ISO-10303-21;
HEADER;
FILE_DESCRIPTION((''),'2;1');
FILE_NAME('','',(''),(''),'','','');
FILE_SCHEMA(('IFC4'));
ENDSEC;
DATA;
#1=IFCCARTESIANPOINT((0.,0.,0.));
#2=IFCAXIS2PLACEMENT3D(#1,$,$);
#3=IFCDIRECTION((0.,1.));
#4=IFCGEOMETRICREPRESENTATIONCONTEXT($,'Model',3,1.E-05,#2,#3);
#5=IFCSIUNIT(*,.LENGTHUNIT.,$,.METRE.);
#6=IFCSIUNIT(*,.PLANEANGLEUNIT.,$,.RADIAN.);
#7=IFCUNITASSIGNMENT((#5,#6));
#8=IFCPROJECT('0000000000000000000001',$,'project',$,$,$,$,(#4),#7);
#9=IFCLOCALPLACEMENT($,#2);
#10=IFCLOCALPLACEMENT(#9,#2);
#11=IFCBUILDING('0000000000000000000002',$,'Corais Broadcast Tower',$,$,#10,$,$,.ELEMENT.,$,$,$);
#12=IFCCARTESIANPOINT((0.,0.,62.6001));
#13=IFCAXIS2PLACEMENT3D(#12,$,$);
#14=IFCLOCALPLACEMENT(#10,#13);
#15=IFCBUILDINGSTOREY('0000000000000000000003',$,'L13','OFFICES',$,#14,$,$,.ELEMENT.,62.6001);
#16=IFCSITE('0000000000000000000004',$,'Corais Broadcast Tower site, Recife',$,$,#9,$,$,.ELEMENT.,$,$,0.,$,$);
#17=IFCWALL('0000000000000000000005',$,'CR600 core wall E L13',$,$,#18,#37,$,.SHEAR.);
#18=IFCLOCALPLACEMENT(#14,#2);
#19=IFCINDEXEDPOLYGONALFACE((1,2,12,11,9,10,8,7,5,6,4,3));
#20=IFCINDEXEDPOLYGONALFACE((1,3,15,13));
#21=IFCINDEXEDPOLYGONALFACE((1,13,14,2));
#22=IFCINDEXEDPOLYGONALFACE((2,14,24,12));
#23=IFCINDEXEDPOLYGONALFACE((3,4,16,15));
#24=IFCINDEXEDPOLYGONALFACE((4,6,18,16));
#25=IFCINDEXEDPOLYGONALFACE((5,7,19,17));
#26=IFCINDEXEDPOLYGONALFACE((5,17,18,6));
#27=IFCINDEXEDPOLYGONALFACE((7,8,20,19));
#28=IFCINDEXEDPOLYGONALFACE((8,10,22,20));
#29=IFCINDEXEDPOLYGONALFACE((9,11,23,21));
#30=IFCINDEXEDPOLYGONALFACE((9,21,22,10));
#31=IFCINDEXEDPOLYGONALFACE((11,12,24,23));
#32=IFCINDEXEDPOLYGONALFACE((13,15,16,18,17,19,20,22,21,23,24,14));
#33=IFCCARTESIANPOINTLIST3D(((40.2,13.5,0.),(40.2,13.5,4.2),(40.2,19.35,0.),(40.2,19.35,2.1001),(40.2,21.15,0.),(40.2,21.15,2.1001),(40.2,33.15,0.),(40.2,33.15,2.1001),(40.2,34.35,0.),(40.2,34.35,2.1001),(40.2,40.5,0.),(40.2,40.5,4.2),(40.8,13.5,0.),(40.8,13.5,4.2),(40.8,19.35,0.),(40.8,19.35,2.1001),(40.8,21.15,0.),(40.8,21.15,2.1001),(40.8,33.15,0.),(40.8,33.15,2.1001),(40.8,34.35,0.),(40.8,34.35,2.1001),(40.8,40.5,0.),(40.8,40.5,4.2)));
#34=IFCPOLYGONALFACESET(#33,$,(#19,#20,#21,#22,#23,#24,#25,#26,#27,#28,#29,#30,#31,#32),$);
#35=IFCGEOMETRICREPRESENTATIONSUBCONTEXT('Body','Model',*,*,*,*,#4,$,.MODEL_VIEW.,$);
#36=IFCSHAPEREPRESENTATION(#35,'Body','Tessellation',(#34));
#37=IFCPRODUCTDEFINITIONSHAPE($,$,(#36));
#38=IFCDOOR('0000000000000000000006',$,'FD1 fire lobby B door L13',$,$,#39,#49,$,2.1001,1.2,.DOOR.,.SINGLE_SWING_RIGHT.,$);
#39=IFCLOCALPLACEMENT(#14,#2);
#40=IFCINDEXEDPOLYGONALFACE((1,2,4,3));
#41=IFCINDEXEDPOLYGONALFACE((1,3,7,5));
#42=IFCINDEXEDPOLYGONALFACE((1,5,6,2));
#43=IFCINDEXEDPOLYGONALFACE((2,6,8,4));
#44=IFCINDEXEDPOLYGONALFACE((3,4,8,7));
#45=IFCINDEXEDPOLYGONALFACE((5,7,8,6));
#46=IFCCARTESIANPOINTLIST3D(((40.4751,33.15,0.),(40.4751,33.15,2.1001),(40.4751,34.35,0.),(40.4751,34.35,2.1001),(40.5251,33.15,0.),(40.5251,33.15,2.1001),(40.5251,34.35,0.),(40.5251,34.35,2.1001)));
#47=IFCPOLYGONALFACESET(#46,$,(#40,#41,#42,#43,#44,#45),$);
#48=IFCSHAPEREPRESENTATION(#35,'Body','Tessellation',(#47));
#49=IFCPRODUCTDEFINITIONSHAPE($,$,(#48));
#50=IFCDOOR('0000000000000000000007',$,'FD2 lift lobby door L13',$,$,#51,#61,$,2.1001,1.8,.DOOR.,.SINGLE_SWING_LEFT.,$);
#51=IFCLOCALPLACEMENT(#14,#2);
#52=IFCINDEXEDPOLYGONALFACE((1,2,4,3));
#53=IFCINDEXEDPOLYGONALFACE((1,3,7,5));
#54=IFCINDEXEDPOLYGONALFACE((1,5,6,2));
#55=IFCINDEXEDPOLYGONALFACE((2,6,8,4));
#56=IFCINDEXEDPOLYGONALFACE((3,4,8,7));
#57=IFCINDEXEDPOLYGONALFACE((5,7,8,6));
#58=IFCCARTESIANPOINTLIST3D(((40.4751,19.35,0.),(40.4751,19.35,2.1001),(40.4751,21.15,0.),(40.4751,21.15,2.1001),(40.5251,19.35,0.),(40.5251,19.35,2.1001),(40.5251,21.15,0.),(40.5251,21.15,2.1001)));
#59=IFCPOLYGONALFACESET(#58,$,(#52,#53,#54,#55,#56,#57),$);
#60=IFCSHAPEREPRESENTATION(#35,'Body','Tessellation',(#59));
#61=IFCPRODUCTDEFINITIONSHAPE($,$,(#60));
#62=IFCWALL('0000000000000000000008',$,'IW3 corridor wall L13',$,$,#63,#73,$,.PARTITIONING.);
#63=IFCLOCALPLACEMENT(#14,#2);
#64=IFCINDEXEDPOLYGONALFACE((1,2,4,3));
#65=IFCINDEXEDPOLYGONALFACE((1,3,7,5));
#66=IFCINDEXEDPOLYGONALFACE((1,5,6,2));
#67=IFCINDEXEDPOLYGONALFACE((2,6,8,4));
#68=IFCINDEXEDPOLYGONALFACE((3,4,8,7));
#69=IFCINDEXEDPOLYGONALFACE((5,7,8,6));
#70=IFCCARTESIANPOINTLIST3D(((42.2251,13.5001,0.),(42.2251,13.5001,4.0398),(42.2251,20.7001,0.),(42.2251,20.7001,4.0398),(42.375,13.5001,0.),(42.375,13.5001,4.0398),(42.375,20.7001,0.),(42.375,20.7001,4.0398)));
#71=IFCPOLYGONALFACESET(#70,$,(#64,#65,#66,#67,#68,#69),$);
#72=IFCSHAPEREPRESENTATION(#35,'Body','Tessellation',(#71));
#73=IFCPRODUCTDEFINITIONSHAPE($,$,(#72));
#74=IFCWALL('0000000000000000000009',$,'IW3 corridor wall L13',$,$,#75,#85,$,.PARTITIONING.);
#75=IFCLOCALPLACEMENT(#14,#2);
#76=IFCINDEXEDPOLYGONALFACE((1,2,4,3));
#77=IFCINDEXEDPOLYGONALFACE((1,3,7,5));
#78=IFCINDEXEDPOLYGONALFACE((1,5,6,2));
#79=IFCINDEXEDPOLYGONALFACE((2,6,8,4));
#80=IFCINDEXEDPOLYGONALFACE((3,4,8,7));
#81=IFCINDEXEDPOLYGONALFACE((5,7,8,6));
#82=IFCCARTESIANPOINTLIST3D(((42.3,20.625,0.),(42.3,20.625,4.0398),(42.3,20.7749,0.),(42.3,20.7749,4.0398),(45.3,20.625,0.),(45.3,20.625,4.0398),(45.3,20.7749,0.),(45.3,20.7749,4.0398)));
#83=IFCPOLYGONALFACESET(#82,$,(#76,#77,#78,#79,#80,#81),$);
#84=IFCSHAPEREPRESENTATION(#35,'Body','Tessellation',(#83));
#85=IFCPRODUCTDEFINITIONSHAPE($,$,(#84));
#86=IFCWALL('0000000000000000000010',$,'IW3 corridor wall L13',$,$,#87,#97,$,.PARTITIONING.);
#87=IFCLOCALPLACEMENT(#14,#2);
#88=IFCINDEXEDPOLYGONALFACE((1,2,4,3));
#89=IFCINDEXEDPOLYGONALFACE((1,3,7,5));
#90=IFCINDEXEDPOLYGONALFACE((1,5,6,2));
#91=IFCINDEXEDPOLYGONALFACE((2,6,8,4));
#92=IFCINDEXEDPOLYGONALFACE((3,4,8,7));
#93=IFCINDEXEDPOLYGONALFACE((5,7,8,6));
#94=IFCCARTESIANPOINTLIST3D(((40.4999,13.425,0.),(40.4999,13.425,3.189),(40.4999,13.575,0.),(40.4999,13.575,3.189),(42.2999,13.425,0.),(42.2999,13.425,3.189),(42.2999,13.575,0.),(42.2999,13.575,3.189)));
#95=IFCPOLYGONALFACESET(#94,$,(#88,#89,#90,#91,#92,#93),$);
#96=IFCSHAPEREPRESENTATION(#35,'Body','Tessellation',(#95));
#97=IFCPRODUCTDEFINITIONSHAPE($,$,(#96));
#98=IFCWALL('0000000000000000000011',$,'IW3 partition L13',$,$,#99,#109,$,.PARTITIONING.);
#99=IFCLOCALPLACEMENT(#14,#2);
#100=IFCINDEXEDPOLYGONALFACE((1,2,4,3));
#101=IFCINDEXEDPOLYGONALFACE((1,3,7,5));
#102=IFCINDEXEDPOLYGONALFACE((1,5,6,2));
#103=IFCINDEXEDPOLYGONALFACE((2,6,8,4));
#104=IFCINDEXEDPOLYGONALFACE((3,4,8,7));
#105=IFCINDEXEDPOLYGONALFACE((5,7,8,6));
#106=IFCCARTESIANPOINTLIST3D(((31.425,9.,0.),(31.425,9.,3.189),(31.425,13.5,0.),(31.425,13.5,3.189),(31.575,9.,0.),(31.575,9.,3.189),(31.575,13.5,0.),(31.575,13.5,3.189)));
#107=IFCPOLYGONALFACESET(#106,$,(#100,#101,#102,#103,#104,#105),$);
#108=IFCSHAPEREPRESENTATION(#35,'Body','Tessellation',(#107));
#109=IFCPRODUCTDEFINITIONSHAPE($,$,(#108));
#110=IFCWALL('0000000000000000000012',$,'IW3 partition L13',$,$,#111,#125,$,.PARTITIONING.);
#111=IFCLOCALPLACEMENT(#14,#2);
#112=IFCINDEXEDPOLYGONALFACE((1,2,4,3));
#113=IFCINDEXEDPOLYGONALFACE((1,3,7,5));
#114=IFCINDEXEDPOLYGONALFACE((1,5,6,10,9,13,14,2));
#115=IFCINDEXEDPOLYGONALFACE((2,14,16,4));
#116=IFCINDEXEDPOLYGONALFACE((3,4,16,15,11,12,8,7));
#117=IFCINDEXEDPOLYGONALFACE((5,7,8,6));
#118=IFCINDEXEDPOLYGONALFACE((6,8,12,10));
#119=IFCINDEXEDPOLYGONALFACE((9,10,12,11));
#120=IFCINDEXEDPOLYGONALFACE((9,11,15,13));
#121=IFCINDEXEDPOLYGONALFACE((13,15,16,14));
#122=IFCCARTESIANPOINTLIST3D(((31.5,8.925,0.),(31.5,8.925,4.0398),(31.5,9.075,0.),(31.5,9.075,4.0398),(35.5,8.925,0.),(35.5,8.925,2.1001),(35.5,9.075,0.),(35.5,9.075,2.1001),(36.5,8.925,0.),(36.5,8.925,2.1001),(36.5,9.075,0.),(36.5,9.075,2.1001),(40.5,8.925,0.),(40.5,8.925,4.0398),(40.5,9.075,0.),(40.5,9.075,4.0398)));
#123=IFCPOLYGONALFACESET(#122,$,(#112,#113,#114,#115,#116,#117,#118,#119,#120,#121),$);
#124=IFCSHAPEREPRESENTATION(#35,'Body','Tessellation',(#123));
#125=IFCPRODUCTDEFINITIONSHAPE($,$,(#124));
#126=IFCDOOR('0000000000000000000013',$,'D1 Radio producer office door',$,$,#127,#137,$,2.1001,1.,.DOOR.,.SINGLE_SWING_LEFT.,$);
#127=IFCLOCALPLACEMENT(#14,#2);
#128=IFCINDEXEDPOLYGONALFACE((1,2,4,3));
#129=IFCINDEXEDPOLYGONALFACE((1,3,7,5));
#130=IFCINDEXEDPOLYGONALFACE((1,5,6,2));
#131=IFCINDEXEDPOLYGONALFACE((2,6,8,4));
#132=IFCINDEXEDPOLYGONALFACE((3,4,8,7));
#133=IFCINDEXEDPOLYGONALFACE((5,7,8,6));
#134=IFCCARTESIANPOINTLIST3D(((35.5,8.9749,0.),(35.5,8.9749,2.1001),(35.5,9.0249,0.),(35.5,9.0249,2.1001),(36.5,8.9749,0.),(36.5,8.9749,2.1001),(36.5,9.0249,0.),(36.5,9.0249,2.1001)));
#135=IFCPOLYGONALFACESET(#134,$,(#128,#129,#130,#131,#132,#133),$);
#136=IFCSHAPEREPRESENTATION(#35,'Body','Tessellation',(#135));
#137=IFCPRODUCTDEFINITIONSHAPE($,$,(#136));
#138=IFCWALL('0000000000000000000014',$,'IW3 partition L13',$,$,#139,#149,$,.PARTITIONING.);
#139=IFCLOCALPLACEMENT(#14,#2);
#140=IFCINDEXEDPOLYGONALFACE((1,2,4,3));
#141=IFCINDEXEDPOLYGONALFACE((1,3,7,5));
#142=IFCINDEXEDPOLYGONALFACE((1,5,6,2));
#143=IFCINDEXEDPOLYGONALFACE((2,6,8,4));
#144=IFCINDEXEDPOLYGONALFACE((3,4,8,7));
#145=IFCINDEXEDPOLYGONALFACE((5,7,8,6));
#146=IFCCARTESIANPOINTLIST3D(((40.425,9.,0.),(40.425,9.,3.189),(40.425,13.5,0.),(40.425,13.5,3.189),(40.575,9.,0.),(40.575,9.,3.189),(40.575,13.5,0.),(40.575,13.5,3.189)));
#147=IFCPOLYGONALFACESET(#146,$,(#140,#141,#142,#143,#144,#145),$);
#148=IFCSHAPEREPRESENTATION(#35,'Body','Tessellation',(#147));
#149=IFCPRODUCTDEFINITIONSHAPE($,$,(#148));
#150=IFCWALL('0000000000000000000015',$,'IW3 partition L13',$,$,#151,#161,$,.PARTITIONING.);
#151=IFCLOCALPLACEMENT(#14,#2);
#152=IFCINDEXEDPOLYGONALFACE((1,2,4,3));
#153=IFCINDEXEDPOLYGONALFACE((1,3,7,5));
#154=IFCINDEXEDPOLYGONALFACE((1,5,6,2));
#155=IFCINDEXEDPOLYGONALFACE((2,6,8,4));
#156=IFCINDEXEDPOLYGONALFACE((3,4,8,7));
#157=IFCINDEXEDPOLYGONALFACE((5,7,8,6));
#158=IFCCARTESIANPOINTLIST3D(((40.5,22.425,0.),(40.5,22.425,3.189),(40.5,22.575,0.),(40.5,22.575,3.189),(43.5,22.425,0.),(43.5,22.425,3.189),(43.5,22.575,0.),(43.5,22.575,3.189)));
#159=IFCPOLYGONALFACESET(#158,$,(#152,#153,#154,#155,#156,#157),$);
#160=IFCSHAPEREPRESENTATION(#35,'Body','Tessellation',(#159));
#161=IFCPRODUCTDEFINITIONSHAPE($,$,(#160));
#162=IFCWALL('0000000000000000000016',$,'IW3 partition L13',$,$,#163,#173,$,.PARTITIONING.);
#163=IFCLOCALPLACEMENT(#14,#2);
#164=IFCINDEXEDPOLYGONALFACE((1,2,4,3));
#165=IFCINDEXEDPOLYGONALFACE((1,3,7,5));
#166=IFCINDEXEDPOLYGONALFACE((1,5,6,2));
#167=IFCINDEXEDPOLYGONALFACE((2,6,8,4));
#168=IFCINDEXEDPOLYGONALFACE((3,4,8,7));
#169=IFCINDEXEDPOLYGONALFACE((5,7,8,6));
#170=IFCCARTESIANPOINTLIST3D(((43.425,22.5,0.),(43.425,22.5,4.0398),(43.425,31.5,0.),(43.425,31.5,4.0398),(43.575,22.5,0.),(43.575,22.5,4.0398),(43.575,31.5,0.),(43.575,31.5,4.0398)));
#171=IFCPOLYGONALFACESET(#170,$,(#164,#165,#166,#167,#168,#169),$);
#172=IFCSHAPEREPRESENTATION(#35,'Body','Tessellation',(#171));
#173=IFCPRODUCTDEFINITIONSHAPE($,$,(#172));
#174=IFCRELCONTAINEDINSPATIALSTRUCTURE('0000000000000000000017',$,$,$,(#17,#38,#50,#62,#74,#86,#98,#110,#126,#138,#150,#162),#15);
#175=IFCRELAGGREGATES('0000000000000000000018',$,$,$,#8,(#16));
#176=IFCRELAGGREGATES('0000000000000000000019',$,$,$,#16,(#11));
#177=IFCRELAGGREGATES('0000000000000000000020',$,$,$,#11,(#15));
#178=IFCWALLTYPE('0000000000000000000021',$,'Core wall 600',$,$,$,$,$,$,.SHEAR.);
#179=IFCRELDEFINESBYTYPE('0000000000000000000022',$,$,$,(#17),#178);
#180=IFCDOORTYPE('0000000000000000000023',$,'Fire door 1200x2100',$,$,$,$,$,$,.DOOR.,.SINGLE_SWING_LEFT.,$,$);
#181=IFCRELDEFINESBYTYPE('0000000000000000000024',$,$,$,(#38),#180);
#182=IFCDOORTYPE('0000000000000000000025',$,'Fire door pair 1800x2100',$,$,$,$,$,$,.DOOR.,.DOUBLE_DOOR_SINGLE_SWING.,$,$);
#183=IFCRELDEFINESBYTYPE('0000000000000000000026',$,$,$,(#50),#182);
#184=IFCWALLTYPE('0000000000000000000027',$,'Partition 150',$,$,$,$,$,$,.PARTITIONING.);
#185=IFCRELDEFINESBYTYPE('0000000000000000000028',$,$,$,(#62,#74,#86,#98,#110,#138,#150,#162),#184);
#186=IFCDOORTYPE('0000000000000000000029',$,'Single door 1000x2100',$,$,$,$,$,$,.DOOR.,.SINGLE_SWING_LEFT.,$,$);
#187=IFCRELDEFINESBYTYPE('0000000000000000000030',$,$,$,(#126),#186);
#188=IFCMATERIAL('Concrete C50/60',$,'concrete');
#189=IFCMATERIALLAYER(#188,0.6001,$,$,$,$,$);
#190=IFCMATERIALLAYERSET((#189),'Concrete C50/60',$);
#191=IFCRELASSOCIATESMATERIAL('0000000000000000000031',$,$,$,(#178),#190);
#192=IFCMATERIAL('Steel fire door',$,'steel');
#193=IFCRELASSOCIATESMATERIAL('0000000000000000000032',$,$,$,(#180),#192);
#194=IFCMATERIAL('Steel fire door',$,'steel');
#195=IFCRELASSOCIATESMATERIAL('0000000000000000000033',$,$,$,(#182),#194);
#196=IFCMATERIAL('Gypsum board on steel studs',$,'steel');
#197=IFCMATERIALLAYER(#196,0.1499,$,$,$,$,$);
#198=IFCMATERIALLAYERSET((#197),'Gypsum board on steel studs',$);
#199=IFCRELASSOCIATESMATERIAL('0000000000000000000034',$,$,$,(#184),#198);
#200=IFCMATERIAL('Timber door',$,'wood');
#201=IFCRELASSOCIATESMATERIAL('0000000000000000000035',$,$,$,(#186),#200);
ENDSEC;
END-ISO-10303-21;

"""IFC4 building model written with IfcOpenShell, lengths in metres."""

from ifc_helpers import new_model, si_unit, direction, frame, frame_2d, origin, place, context, subcontext, project, spatial, rectangle, extrude, material, layer, layer_set, type_object, element, fill, save


model = new_model("IFC4")

# Units and contexts
model_context = context("Model", 3, precision=1e-05, world=origin(), true_north=direction((0.0, 1.0)))
body_context = subcontext(model_context, "Body", "Model", "MODEL_VIEW")
ifc_project = project(units=[si_unit("LENGTHUNIT", "METRE"), si_unit("PLANEANGLEUNIT", "RADIAN")], contexts=[model_context])

# Site, building, storey
site_placement = place(None, origin())
site = spatial("IfcSite", under=ifc_project, at=site_placement, Name="Corais Broadcast Tower site, Recife", CompositionType="ELEMENT", RefElevation=0.0)
building_placement = place(site_placement, origin())
building = spatial("IfcBuilding", under=site, at=building_placement, Name="Corais Broadcast Tower", CompositionType="ELEMENT")
storey_placement = place(building_placement, frame((0.0, 0.0, 62.6001)))
storey = spatial("IfcBuildingStorey", under=building, at=storey_placement, Name="L13", Description="OFFICES", CompositionType="ELEMENT", Elevation=62.6001)

# Wall, openings, doors
ifc_material_1 = material(Name="Concrete C50/60", Category="concrete")
ifc_layer_1 = layer(ifc_material_1, 0.6001)
ifc_layer_set_1 = layer_set([ifc_layer_1], Name="Concrete C50/60")
wall_type_1 = type_object("IfcWallType", Name="Core wall 600", PredefinedType="SHEAR", material=ifc_layer_set_1)
wall_1_placement = place(storey_placement, frame((40.5, 13.5, 0.0), z_axis=(0.0, 0.0, 1.0), x_axis=(0.0, 1.0, 0.0)))
wall_1 = element("IfcWall", 1, at=wall_1_placement, inside=storey, type_object=wall_type_1, Name="CR600 core wall E L13", PredefinedType="SHEAR", context=body_context, shape_type="SweptSolid", body=[
    extrude(rectangle(XDim=27.0, YDim=0.6001, at=frame_2d((13.5, 0.0))), origin(), (0.0, 0.0, 1.0), 4.2),
])
opening_1_placement = place(wall_1_placement, frame((5.8501, 0.0, 0.0)))
opening_1 = element("IfcOpeningElement", 2, at=opening_1_placement, cuts=wall_1, PredefinedType="OPENING", context=body_context, shape_type="SweptSolid", body=[
    extrude(rectangle(XDim=1.8, YDim=2.1001, at=frame_2d((0.8999, 1.05))), frame((0.0, 0.3101, 0.0), z_axis=(0.0, -1.0, 0.0), x_axis=(1.0, 0.0, 0.0)), (0.0, 0.0, 1.0), 0.6201),
])
opening_2_placement = place(wall_1_placement, frame((19.6499, 0.0, 0.0)))
opening_2 = element("IfcOpeningElement", 3, at=opening_2_placement, cuts=wall_1, PredefinedType="OPENING", context=body_context, shape_type="SweptSolid", body=[
    extrude(rectangle(XDim=1.2, YDim=2.1001, at=frame_2d((0.6001, 1.05))), frame((0.0, 0.3101, 0.0), z_axis=(0.0, -1.0, 0.0), x_axis=(1.0, 0.0, 0.0)), (0.0, 0.0, 1.0), 0.6201),
])
ifc_material_2 = material(Name="Steel fire door", Category="steel")
door_type_1 = type_object("IfcDoorType", Name="Fire door 1200x2100", OperationType="SINGLE_SWING_LEFT", PredefinedType="DOOR", material=ifc_material_2)
door_1_placement = place(opening_2_placement, origin())
door_1 = element("IfcDoor", 4, at=door_1_placement, inside=storey, type_object=door_type_1, Name="FD1 fire lobby B door L13", OperationType="SINGLE_SWING_RIGHT", OverallHeight=2.1001, OverallWidth=1.2, PredefinedType="DOOR", context=body_context, shape_type="SweptSolid", body=[
    extrude(rectangle(XDim=1.2, YDim=2.1001, at=frame_2d((0.6001, 1.05))), frame((0.0, 0.0249, 0.0), z_axis=(0.0, -1.0, 0.0), x_axis=(1.0, 0.0, 0.0)), (0.0, 0.0, 1.0), 0.05),
])
fill(opening_2, door_1)
ifc_material_3 = material(Name="Steel fire door", Category="steel")
door_type_2 = type_object("IfcDoorType", Name="Fire door pair 1800x2100", OperationType="DOUBLE_DOOR_SINGLE_SWING", PredefinedType="DOOR", material=ifc_material_3)
door_2_placement = place(opening_1_placement, origin())
door_2 = element("IfcDoor", 5, at=door_2_placement, inside=storey, type_object=door_type_2, Name="FD2 lift lobby door L13", OperationType="SINGLE_SWING_LEFT", OverallHeight=2.1001, OverallWidth=1.8, PredefinedType="DOOR", context=body_context, shape_type="SweptSolid", body=[
    extrude(rectangle(XDim=1.8, YDim=2.1001, at=frame_2d((0.8999, 1.05))), frame((0.0, 0.0249, 0.0), z_axis=(0.0, -1.0, 0.0), x_axis=(1.0, 0.0, 0.0)), (0.0, 0.0, 1.0), 0.05),
])
fill(opening_1, door_2)

# Walls
ifc_material_4 = material(Name="Gypsum board on steel studs", Category="steel")
ifc_layer_2 = layer(ifc_material_4, 0.1499)
ifc_layer_set_2 = layer_set([ifc_layer_2], Name="Gypsum board on steel studs")
wall_type_2 = type_object("IfcWallType", Name="Partition 150", PredefinedType="PARTITIONING", material=ifc_layer_set_2)
wall_2_placement = place(storey_placement, frame((42.3, 13.5, 0.0), z_axis=(0.0, 0.0, 1.0), x_axis=(0.0, 1.0, 0.0)))
element("IfcWall", 6, at=wall_2_placement, inside=storey, type_object=wall_type_2, Name="IW3 corridor wall L13", PredefinedType="PARTITIONING", context=body_context, shape_type="SweptSolid", body=[
    extrude(rectangle(XDim=7.2, YDim=0.1499, at=frame_2d((3.6001, 0.0))), origin(), (0.0, 0.0, 1.0), 4.0398),
])
wall_3_placement = place(storey_placement, frame((42.3, 20.7, 0.0), z_axis=(0.0, 0.0, 1.0), x_axis=(1.0, 0.0, 0.0)))
element("IfcWall", 7, at=wall_3_placement, inside=storey, type_object=wall_type_2, Name="IW3 corridor wall L13", PredefinedType="PARTITIONING", context=body_context, shape_type="SweptSolid", body=[
    extrude(rectangle(XDim=3.0, YDim=0.1499, at=frame_2d((1.5, 0.0))), origin(), (0.0, 0.0, 1.0), 4.0398),
])
wall_4_placement = place(storey_placement, frame((40.5, 13.5, 0.0), z_axis=(0.0, 0.0, 1.0), x_axis=(1.0, 0.0, 0.0)))
element("IfcWall", 8, at=wall_4_placement, inside=storey, type_object=wall_type_2, Name="IW3 corridor wall L13", PredefinedType="PARTITIONING", context=body_context, shape_type="SweptSolid", body=[
    extrude(rectangle(XDim=1.8, YDim=0.1499, at=frame_2d((0.8999, 0.0))), origin(), (0.0, 0.0, 1.0), 3.189),
])
wall_5_placement = place(storey_placement, frame((31.5, 9.0, 0.0), z_axis=(0.0, 0.0, 1.0), x_axis=(0.0, 1.0, 0.0)))
element("IfcWall", 9, at=wall_5_placement, inside=storey, type_object=wall_type_2, Name="IW3 partition L13", PredefinedType="PARTITIONING", context=body_context, shape_type="SweptSolid", body=[
    extrude(rectangle(XDim=4.5, YDim=0.1499, at=frame_2d((2.25, 0.0))), origin(), (0.0, 0.0, 1.0), 3.189),
])

# Wall, opening, door
wall_6_placement = place(storey_placement, frame((31.5, 9.0, 0.0), z_axis=(0.0, 0.0, 1.0), x_axis=(1.0, 0.0, 0.0)))
wall_6 = element("IfcWall", 10, at=wall_6_placement, inside=storey, type_object=wall_type_2, Name="IW3 partition L13", PredefinedType="PARTITIONING", context=body_context, shape_type="SweptSolid", body=[
    extrude(rectangle(XDim=9.0, YDim=0.1499, at=frame_2d((4.5, 0.0))), origin(), (0.0, 0.0, 1.0), 4.0398),
])
opening_3_placement = place(wall_6_placement, frame((4.0, 0.0, 0.0)))
opening_3 = element("IfcOpeningElement", 11, at=opening_3_placement, cuts=wall_6, PredefinedType="OPENING", context=body_context, shape_type="SweptSolid", body=[
    extrude(rectangle(XDim=1.0, YDim=2.1001, at=frame_2d((0.5, 1.05))), frame((0.0, 0.085, 0.0), z_axis=(0.0, -1.0, 0.0), x_axis=(1.0, 0.0, 0.0)), (0.0, 0.0, 1.0), 0.1699),
])
ifc_material_5 = material(Name="Timber door", Category="wood")
door_type_3 = type_object("IfcDoorType", Name="Single door 1000x2100", OperationType="SINGLE_SWING_LEFT", PredefinedType="DOOR", material=ifc_material_5)
door_3_placement = place(opening_3_placement, origin())
door_3 = element("IfcDoor", 12, at=door_3_placement, inside=storey, type_object=door_type_3, Name="D1 Radio producer office door", OperationType="SINGLE_SWING_LEFT", OverallHeight=2.1001, OverallWidth=1.0, PredefinedType="DOOR", context=body_context, shape_type="SweptSolid", body=[
    extrude(rectangle(XDim=1.0, YDim=2.1001, at=frame_2d((0.5, 1.05))), frame((0.0, 0.0249, 0.0), z_axis=(0.0, -1.0, 0.0), x_axis=(1.0, 0.0, 0.0)), (0.0, 0.0, 1.0), 0.05),
])
fill(opening_3, door_3)

# Walls
wall_7_placement = place(storey_placement, frame((40.5, 9.0, 0.0), z_axis=(0.0, 0.0, 1.0), x_axis=(0.0, 1.0, 0.0)))
element("IfcWall", 13, at=wall_7_placement, inside=storey, type_object=wall_type_2, Name="IW3 partition L13", PredefinedType="PARTITIONING", context=body_context, shape_type="SweptSolid", body=[
    extrude(rectangle(XDim=4.5, YDim=0.1499, at=frame_2d((2.25, 0.0))), origin(), (0.0, 0.0, 1.0), 3.189),
])
wall_8_placement = place(storey_placement, frame((40.5, 22.5, 0.0), z_axis=(0.0, 0.0, 1.0), x_axis=(1.0, 0.0, 0.0)))
element("IfcWall", 14, at=wall_8_placement, inside=storey, type_object=wall_type_2, Name="IW3 partition L13", PredefinedType="PARTITIONING", context=body_context, shape_type="SweptSolid", body=[
    extrude(rectangle(XDim=3.0, YDim=0.1499, at=frame_2d((1.5, 0.0))), origin(), (0.0, 0.0, 1.0), 3.189),
])
wall_9_placement = place(storey_placement, frame((43.5, 22.5, 0.0), z_axis=(0.0, 0.0, 1.0), x_axis=(0.0, 1.0, 0.0)))
element("IfcWall", 15, at=wall_9_placement, inside=storey, type_object=wall_type_2, Name="IW3 partition L13", PredefinedType="PARTITIONING", context=body_context, shape_type="SweptSolid", body=[
    extrude(rectangle(XDim=9.0, YDim=0.1499, at=frame_2d((4.5, 0.0))), origin(), (0.0, 0.0, 1.0), 4.0398),
])

save(model, "model.ifc")
